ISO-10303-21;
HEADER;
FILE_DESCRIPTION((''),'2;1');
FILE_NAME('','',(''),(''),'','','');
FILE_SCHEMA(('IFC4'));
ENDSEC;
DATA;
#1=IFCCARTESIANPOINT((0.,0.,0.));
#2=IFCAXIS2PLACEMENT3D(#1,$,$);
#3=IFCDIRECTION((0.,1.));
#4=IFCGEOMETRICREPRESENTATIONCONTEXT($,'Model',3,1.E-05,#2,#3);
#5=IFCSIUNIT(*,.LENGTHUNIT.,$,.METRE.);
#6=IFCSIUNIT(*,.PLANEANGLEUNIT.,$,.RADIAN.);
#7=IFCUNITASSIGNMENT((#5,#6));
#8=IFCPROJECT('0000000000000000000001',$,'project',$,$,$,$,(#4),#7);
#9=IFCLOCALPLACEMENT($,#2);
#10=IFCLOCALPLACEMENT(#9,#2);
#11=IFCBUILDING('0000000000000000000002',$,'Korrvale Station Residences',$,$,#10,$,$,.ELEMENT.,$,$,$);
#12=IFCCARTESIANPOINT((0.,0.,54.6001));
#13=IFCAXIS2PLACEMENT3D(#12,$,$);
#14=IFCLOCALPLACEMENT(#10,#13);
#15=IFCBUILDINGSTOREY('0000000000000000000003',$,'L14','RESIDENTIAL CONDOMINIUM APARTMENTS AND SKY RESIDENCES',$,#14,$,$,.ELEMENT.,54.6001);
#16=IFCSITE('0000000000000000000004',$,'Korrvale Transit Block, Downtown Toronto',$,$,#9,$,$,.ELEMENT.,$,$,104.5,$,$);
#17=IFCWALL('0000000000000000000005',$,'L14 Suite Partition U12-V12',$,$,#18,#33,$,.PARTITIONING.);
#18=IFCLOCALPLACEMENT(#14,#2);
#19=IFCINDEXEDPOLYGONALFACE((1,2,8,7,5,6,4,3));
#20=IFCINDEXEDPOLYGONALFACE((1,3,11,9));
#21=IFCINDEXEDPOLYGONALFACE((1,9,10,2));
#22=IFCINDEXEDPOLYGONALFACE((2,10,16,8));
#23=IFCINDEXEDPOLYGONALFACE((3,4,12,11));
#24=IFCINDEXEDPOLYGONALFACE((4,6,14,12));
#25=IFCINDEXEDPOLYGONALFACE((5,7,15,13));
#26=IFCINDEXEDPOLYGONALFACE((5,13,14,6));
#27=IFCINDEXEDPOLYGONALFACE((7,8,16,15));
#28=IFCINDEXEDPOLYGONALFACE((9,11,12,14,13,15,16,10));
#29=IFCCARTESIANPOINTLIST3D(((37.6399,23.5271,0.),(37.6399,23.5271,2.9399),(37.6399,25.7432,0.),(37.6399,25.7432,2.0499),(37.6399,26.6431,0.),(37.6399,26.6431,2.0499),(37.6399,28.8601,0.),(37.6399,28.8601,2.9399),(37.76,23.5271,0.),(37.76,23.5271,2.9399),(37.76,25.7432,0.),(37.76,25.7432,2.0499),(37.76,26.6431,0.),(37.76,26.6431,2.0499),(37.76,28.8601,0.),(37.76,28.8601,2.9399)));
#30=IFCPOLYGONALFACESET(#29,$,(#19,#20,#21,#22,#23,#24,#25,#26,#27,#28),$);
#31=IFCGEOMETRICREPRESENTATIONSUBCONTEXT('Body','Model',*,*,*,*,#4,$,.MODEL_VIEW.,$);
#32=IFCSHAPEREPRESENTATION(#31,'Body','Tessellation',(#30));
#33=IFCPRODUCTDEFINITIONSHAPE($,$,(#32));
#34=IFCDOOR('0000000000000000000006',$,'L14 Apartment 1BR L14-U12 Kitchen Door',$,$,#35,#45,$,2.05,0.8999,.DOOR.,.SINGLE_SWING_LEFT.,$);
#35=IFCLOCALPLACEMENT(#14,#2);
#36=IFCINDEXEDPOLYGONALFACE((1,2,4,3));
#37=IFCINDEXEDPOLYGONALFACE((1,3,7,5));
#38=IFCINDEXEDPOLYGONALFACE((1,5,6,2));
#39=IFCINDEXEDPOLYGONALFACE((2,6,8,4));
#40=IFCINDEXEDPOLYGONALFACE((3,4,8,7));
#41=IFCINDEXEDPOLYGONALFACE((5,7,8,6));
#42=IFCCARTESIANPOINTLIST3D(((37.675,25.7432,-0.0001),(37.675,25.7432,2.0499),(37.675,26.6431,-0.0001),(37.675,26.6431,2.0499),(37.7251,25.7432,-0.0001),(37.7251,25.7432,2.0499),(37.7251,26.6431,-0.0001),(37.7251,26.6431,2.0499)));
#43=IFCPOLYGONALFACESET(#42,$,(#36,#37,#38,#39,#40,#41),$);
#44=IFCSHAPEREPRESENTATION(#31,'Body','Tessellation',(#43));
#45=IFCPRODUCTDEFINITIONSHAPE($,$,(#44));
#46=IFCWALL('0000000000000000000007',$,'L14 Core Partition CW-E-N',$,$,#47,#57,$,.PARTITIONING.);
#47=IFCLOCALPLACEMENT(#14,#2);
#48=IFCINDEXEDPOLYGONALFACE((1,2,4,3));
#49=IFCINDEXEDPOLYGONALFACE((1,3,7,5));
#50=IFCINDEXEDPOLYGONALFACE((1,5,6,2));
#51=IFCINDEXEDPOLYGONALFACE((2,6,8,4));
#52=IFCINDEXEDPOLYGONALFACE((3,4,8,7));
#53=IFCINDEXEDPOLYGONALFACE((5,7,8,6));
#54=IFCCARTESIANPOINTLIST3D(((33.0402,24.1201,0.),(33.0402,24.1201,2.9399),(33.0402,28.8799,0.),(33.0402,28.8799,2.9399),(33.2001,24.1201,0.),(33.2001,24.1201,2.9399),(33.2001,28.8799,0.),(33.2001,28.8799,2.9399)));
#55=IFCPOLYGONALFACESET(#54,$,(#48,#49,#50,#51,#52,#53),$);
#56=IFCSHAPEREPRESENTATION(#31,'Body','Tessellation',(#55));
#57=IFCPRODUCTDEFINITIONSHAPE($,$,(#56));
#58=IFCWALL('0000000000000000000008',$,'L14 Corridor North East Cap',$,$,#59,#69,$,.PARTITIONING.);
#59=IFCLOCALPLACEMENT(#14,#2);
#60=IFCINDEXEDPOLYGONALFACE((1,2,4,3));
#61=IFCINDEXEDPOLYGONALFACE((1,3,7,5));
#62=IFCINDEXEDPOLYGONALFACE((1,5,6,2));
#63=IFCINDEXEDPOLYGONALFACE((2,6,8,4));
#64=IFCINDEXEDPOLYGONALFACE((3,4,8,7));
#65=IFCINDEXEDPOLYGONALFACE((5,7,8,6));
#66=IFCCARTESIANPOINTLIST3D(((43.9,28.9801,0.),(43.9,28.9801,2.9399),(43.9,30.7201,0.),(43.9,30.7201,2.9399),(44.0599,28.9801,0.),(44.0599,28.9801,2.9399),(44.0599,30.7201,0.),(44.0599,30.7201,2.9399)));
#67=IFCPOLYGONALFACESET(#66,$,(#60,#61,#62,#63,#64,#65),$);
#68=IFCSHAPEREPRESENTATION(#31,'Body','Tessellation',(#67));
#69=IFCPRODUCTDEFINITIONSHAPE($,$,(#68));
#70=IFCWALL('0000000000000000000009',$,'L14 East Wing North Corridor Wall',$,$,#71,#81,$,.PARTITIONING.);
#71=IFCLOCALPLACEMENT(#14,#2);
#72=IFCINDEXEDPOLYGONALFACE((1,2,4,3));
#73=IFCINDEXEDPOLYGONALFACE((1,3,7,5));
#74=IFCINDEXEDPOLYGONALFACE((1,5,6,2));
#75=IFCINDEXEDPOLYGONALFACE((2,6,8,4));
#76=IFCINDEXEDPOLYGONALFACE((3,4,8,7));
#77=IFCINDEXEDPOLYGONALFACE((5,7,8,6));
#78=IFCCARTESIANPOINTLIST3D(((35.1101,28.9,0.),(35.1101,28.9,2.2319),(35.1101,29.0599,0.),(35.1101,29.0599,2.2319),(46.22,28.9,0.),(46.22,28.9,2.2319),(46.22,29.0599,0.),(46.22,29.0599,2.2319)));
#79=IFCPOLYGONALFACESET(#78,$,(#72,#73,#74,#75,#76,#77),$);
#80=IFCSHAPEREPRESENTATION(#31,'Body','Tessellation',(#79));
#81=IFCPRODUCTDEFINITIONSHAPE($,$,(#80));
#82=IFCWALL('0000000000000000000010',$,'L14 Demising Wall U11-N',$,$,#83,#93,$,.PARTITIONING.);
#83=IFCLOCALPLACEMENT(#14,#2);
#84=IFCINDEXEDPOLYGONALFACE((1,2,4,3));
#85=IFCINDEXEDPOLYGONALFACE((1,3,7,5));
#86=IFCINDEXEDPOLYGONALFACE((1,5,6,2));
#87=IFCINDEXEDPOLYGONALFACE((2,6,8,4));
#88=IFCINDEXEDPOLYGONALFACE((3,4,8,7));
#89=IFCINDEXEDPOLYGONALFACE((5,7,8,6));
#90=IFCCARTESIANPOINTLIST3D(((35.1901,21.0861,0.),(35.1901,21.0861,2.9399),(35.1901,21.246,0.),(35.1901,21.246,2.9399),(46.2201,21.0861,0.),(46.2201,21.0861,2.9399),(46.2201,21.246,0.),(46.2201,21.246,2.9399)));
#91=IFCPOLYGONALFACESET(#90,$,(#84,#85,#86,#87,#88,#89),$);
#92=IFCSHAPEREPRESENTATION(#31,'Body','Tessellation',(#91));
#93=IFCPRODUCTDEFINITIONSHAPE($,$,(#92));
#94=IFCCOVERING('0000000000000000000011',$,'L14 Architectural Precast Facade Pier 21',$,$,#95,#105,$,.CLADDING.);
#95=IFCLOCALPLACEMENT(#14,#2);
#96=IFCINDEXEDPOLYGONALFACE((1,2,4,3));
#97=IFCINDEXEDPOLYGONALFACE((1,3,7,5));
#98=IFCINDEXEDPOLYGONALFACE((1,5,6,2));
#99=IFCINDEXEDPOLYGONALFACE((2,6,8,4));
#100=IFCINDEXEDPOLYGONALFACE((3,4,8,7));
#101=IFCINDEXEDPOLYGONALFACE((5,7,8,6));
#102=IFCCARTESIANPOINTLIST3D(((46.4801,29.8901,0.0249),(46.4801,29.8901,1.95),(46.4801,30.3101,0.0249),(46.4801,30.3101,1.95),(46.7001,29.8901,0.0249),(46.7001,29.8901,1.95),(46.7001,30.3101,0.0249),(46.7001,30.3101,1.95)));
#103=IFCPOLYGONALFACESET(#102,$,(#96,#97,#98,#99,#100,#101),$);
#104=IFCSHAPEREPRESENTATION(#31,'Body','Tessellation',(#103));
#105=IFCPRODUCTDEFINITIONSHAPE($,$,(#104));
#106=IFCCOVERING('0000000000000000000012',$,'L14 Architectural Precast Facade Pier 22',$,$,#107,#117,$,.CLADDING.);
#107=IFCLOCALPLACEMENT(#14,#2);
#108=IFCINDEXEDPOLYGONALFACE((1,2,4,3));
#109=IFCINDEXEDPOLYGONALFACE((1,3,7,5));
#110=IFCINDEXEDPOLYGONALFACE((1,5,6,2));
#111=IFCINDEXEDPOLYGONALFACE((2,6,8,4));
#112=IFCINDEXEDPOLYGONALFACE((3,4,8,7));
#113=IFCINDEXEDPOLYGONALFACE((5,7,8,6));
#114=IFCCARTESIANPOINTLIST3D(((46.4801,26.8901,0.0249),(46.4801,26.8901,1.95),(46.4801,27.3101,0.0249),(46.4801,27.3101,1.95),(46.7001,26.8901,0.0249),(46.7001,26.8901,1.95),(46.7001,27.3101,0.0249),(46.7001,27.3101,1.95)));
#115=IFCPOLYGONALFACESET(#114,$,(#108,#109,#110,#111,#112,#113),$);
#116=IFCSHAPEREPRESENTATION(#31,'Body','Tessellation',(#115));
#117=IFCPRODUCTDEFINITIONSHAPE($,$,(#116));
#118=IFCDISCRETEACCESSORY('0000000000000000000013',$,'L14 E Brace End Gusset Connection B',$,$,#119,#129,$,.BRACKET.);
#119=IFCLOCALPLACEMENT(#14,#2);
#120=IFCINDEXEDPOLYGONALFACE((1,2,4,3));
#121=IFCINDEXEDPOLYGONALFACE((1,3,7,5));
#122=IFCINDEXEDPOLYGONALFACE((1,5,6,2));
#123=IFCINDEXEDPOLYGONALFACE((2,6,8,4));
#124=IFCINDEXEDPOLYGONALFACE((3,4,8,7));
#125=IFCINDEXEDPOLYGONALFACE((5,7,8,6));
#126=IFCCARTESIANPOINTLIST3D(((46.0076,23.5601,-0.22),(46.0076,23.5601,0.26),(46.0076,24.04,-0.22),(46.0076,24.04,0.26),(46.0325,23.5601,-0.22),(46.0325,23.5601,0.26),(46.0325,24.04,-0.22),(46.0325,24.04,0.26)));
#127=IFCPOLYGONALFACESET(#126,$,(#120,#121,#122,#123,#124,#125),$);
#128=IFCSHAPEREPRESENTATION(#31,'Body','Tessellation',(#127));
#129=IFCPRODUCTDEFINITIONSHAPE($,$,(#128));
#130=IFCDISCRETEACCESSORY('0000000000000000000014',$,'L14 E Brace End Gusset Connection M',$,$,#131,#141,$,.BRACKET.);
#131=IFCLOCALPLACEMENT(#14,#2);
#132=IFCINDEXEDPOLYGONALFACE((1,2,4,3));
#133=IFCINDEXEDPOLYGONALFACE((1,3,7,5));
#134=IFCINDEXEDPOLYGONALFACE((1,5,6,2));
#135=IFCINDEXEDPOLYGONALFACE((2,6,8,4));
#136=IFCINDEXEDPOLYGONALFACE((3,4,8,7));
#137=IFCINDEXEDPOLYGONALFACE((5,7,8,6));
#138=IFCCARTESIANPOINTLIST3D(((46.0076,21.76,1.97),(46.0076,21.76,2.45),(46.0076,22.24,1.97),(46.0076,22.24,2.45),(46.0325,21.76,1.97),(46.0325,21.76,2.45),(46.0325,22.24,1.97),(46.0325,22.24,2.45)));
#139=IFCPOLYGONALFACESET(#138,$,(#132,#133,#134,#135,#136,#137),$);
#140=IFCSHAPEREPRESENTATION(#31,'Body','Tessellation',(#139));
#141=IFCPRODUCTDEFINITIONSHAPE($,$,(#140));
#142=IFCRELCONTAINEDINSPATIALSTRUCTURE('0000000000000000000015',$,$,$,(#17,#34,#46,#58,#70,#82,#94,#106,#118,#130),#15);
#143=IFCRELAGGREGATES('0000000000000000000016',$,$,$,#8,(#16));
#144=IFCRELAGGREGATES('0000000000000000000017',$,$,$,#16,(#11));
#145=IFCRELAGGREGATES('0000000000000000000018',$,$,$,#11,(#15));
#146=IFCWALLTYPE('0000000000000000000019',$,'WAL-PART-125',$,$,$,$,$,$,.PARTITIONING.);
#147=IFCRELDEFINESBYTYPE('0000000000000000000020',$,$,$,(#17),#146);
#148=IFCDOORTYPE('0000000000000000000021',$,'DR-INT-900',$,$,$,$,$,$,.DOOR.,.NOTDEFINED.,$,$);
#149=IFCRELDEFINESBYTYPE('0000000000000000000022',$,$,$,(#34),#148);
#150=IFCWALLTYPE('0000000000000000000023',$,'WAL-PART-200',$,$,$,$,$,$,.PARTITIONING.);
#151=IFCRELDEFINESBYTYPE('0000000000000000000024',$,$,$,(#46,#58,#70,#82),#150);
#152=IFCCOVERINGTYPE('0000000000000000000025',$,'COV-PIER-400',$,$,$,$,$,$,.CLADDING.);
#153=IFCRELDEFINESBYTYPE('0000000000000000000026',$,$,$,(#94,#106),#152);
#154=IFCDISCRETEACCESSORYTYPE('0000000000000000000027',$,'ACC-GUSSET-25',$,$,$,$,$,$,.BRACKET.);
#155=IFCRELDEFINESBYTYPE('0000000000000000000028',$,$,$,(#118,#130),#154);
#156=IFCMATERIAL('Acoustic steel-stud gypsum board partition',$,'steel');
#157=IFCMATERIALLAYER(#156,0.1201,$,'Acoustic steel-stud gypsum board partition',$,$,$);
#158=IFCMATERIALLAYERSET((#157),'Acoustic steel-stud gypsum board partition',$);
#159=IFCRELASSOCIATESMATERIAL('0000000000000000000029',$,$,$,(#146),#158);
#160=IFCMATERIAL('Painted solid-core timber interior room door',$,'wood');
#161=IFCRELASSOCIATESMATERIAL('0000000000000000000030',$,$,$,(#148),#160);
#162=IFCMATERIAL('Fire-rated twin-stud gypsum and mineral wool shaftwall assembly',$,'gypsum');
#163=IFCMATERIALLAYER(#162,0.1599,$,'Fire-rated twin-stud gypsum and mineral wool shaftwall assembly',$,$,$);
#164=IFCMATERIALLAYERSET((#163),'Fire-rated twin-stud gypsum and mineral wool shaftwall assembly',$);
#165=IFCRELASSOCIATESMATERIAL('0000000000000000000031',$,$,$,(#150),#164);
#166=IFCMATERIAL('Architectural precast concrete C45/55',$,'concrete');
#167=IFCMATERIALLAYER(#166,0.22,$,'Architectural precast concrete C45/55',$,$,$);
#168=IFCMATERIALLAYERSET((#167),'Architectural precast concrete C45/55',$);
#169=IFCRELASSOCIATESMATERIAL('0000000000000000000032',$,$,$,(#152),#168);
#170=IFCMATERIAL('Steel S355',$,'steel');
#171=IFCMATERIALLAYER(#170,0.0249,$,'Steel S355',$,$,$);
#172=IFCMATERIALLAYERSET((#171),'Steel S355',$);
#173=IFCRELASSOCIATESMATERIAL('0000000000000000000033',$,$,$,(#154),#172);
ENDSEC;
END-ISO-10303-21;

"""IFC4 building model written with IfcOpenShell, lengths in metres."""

from ifc_helpers import new_model, si_unit, direction, frame, frame_2d, origin, origin_2d, place, context, subcontext, project, spatial, rectangle, extrude, material, layer, layer_set, type_object, element, fill, save


model = new_model("IFC4")

# Units and contexts
model_context = context("Model", 3, precision=1e-05, world=origin(), true_north=direction((0.0, 1.0)))
body_context = subcontext(model_context, "Body", "Model", "MODEL_VIEW")
ifc_project = project(units=[si_unit("LENGTHUNIT", "METRE"), si_unit("PLANEANGLEUNIT", "RADIAN")], contexts=[model_context])

# Site, building, storey
site_placement = place(None, origin())
site = spatial("IfcSite", under=ifc_project, at=site_placement, Name="Korrvale Transit Block, Downtown Toronto", CompositionType="ELEMENT", RefElevation=104.5)
building_placement = place(site_placement, origin())
building = spatial("IfcBuilding", under=site, at=building_placement, Name="Korrvale Station Residences", CompositionType="ELEMENT")
storey_placement = place(building_placement, frame((0.0, 0.0, 54.6001)))
storey = spatial("IfcBuildingStorey", under=building, at=storey_placement, Name="L14", Description="RESIDENTIAL CONDOMINIUM APARTMENTS AND SKY RESIDENCES", CompositionType="ELEMENT", Elevation=54.6001)

# Shared definitions
ifc_material_1 = material(Name="Steel S355", Category="steel")

# Shared definitions
ifc_material_2 = material(Name="Acoustic steel-stud gypsum board partition", Category="steel")
ifc_layer_1 = layer(ifc_material_2, 0.1201, Name="Acoustic steel-stud gypsum board partition")
ifc_layer_set_1 = layer_set([ifc_layer_1], Name="Acoustic steel-stud gypsum board partition")
wall_type_1 = type_object("IfcWallType", Name="WAL-PART-125", PredefinedType="PARTITIONING", material=ifc_layer_set_1)
ifc_material_3 = material(Name="Painted solid-core timber interior room door", Category="wood")
door_type_1 = type_object("IfcDoorType", Name="DR-INT-900", OperationType="NOTDEFINED", PredefinedType="DOOR", material=ifc_material_3)

# Wall, opening, door
wall_1_placement = place(storey_placement, frame((37.7, 23.5271, 0.0), z_axis=(0.0, 0.0, 1.0), x_axis=(0.0, 1.0, 0.0)))
wall_1 = element("IfcWall", 1, at=wall_1_placement, inside=storey, type_object=wall_type_1, Name="L14 Suite Partition U12-V12", PredefinedType="PARTITIONING", context=body_context, shape_type="SweptSolid", body=[
    extrude(rectangle(XDim=5.333, YDim=0.1201, at=frame_2d((2.6665, 0.0))), origin(), (0.0, 0.0, 1.0), 2.9399),
])
opening_1_placement = place(wall_1_placement, frame((2.2161, 0.0, 0.0)))
opening_1 = element("IfcOpeningElement", 2, at=opening_1_placement, cuts=wall_1, PredefinedType="OPENING", context=body_context, shape_type="SweptSolid", body=[
    extrude(rectangle(XDim=0.8999, YDim=2.05, at=frame_2d((0.45, 1.0249))), frame((0.0, 0.0701, 0.0), z_axis=(0.0, -1.0, 0.0), x_axis=(1.0, 0.0, 0.0)), (0.0, 0.0, 1.0), 0.1401),
])
door_1_placement = place(opening_1_placement, origin())
door_1 = element("IfcDoor", 3, at=door_1_placement, inside=storey, type_object=door_type_1, Name="L14 Apartment 1BR L14-U12 Kitchen Door", OperationType="SINGLE_SWING_LEFT", OverallHeight=2.05, OverallWidth=0.8999, PredefinedType="DOOR", context=body_context, shape_type="SweptSolid", body=[
    extrude(rectangle(XDim=0.8999, YDim=2.05, at=frame_2d((0.45, 1.0249))), frame((0.0, 0.0249, 0.0), z_axis=(0.0, -1.0, 0.0), x_axis=(1.0, 0.0, 0.0)), (0.0, 0.0, 1.0), 0.05),
])
fill(opening_1, door_1)

# Walls
ifc_material_4 = material(Name="Fire-rated twin-stud gypsum and mineral wool shaftwall assembly", Category="gypsum")
ifc_layer_2 = layer(ifc_material_4, 0.1599, Name="Fire-rated twin-stud gypsum and mineral wool shaftwall assembly")
ifc_layer_set_2 = layer_set([ifc_layer_2], Name="Fire-rated twin-stud gypsum and mineral wool shaftwall assembly")
wall_type_2 = type_object("IfcWallType", Name="WAL-PART-200", PredefinedType="PARTITIONING", material=ifc_layer_set_2)
wall_2_placement = place(storey_placement, frame((33.1201, 24.1201, 0.0), z_axis=(0.0, 0.0, 1.0), x_axis=(0.0, 1.0, 0.0)))
element("IfcWall", 4, at=wall_2_placement, inside=storey, type_object=wall_type_2, Name="L14 Core Partition CW-E-N", PredefinedType="PARTITIONING", context=body_context, shape_type="SweptSolid", body=[
    extrude(rectangle(XDim=4.7598, YDim=0.1599, at=frame_2d((2.3799, 0.0))), origin(), (0.0, 0.0, 1.0), 2.9399),
])
wall_3_placement = place(storey_placement, frame((43.98, 28.98, 0.0), z_axis=(0.0, 0.0, 1.0), x_axis=(0.0, 1.0, 0.0)))
element("IfcWall", 5, at=wall_3_placement, inside=storey, type_object=wall_type_2, Name="L14 Corridor North East Cap", PredefinedType="PARTITIONING", context=body_context, shape_type="SweptSolid", body=[
    extrude(rectangle(XDim=1.74, YDim=0.1599, at=frame_2d((0.8701, 0.0))), origin(), (0.0, 0.0, 1.0), 2.9399),
])
wall_4_placement = place(storey_placement, frame((35.1101, 28.98, 0.0), z_axis=(0.0, 0.0, 1.0), x_axis=(1.0, 0.0, 0.0)))
element("IfcWall", 6, at=wall_4_placement, inside=storey, type_object=wall_type_2, Name="L14 East Wing North Corridor Wall", PredefinedType="PARTITIONING", context=body_context, shape_type="SweptSolid", body=[
    extrude(rectangle(XDim=11.1099, YDim=0.1599, at=frame_2d((5.5549, 0.0))), origin(), (0.0, 0.0, 1.0), 2.2319),
])
wall_5_placement = place(storey_placement, frame((35.1899, 21.166, 0.0), z_axis=(0.0, 0.0, 1.0), x_axis=(1.0, 0.0, 0.0)))
element("IfcWall", 7, at=wall_5_placement, inside=storey, type_object=wall_type_2, Name="L14 Demising Wall U11-N", PredefinedType="PARTITIONING", context=body_context, shape_type="SweptSolid", body=[
    extrude(rectangle(XDim=11.03, YDim=0.1599, at=frame_2d((5.5151, 0.0))), origin(), (0.0, 0.0, 1.0), 2.9399),
])

# Coverings
ifc_material_5 = material(Name="Architectural precast concrete C45/55", Category="concrete")
ifc_layer_3 = layer(ifc_material_5, 0.22, Name="Architectural precast concrete C45/55")
ifc_layer_set_3 = layer_set([ifc_layer_3], Name="Architectural precast concrete C45/55")
covering_type = type_object("IfcCoveringType", Name="COV-PIER-400", PredefinedType="CLADDING", material=ifc_layer_set_3)
for number, where, z_axis, x_axis, name in (
    (8, (46.5901, 30.1001, 0.0249), (0.0, 0.0, 1.0), (0.0, 1.0, 0.0), "L14 Architectural Precast Facade Pier 21"),
    (9, (46.5901, 27.1001, 0.0249), (0.0, 0.0, 1.0), (0.0, 1.0, 0.0), "L14 Architectural Precast Facade Pier 22"),
):
    element("IfcCovering", number, at=place(storey_placement, frame(where, z_axis=z_axis, x_axis=x_axis)), inside=storey, type_object=covering_type, Name=name, PredefinedType="CLADDING", context=body_context, shape_type="SweptSolid", body=[
        extrude(rectangle(XDim=0.4199, YDim=0.22, at=origin_2d()), origin(), (0.0, 0.0, 1.0), 1.925),
    ])

# Discrete accessories
ifc_layer_4 = layer(ifc_material_1, 0.0249, Name="Steel S355")
ifc_layer_set_4 = layer_set([ifc_layer_4], Name="Steel S355")
discrete_accessory_type = type_object("IfcDiscreteAccessoryType", Name="ACC-GUSSET-25", PredefinedType="BRACKET", material=ifc_layer_set_4)
for number, where, z_axis, x_axis, name in (
    (10, (46.02, 23.8, -0.22), (0.0, 0.0, 1.0), (0.0, 1.0, 0.0), "L14 E Brace End Gusset Connection B"),
    (11, (46.02, 22.0, 1.97), (0.0, 0.0, 1.0), (0.0, 1.0, 0.0), "L14 E Brace End Gusset Connection M"),
):
    element("IfcDiscreteAccessory", number, at=place(storey_placement, frame(where, z_axis=z_axis, x_axis=x_axis)), inside=storey, type_object=discrete_accessory_type, Name=name, PredefinedType="BRACKET", context=body_context, shape_type="SweptSolid", body=[
        extrude(rectangle(XDim=0.48, YDim=0.0249, at=origin_2d()), origin(), (0.0, 0.0, 1.0), 0.48),
    ])

save(model, "model.ifc")
